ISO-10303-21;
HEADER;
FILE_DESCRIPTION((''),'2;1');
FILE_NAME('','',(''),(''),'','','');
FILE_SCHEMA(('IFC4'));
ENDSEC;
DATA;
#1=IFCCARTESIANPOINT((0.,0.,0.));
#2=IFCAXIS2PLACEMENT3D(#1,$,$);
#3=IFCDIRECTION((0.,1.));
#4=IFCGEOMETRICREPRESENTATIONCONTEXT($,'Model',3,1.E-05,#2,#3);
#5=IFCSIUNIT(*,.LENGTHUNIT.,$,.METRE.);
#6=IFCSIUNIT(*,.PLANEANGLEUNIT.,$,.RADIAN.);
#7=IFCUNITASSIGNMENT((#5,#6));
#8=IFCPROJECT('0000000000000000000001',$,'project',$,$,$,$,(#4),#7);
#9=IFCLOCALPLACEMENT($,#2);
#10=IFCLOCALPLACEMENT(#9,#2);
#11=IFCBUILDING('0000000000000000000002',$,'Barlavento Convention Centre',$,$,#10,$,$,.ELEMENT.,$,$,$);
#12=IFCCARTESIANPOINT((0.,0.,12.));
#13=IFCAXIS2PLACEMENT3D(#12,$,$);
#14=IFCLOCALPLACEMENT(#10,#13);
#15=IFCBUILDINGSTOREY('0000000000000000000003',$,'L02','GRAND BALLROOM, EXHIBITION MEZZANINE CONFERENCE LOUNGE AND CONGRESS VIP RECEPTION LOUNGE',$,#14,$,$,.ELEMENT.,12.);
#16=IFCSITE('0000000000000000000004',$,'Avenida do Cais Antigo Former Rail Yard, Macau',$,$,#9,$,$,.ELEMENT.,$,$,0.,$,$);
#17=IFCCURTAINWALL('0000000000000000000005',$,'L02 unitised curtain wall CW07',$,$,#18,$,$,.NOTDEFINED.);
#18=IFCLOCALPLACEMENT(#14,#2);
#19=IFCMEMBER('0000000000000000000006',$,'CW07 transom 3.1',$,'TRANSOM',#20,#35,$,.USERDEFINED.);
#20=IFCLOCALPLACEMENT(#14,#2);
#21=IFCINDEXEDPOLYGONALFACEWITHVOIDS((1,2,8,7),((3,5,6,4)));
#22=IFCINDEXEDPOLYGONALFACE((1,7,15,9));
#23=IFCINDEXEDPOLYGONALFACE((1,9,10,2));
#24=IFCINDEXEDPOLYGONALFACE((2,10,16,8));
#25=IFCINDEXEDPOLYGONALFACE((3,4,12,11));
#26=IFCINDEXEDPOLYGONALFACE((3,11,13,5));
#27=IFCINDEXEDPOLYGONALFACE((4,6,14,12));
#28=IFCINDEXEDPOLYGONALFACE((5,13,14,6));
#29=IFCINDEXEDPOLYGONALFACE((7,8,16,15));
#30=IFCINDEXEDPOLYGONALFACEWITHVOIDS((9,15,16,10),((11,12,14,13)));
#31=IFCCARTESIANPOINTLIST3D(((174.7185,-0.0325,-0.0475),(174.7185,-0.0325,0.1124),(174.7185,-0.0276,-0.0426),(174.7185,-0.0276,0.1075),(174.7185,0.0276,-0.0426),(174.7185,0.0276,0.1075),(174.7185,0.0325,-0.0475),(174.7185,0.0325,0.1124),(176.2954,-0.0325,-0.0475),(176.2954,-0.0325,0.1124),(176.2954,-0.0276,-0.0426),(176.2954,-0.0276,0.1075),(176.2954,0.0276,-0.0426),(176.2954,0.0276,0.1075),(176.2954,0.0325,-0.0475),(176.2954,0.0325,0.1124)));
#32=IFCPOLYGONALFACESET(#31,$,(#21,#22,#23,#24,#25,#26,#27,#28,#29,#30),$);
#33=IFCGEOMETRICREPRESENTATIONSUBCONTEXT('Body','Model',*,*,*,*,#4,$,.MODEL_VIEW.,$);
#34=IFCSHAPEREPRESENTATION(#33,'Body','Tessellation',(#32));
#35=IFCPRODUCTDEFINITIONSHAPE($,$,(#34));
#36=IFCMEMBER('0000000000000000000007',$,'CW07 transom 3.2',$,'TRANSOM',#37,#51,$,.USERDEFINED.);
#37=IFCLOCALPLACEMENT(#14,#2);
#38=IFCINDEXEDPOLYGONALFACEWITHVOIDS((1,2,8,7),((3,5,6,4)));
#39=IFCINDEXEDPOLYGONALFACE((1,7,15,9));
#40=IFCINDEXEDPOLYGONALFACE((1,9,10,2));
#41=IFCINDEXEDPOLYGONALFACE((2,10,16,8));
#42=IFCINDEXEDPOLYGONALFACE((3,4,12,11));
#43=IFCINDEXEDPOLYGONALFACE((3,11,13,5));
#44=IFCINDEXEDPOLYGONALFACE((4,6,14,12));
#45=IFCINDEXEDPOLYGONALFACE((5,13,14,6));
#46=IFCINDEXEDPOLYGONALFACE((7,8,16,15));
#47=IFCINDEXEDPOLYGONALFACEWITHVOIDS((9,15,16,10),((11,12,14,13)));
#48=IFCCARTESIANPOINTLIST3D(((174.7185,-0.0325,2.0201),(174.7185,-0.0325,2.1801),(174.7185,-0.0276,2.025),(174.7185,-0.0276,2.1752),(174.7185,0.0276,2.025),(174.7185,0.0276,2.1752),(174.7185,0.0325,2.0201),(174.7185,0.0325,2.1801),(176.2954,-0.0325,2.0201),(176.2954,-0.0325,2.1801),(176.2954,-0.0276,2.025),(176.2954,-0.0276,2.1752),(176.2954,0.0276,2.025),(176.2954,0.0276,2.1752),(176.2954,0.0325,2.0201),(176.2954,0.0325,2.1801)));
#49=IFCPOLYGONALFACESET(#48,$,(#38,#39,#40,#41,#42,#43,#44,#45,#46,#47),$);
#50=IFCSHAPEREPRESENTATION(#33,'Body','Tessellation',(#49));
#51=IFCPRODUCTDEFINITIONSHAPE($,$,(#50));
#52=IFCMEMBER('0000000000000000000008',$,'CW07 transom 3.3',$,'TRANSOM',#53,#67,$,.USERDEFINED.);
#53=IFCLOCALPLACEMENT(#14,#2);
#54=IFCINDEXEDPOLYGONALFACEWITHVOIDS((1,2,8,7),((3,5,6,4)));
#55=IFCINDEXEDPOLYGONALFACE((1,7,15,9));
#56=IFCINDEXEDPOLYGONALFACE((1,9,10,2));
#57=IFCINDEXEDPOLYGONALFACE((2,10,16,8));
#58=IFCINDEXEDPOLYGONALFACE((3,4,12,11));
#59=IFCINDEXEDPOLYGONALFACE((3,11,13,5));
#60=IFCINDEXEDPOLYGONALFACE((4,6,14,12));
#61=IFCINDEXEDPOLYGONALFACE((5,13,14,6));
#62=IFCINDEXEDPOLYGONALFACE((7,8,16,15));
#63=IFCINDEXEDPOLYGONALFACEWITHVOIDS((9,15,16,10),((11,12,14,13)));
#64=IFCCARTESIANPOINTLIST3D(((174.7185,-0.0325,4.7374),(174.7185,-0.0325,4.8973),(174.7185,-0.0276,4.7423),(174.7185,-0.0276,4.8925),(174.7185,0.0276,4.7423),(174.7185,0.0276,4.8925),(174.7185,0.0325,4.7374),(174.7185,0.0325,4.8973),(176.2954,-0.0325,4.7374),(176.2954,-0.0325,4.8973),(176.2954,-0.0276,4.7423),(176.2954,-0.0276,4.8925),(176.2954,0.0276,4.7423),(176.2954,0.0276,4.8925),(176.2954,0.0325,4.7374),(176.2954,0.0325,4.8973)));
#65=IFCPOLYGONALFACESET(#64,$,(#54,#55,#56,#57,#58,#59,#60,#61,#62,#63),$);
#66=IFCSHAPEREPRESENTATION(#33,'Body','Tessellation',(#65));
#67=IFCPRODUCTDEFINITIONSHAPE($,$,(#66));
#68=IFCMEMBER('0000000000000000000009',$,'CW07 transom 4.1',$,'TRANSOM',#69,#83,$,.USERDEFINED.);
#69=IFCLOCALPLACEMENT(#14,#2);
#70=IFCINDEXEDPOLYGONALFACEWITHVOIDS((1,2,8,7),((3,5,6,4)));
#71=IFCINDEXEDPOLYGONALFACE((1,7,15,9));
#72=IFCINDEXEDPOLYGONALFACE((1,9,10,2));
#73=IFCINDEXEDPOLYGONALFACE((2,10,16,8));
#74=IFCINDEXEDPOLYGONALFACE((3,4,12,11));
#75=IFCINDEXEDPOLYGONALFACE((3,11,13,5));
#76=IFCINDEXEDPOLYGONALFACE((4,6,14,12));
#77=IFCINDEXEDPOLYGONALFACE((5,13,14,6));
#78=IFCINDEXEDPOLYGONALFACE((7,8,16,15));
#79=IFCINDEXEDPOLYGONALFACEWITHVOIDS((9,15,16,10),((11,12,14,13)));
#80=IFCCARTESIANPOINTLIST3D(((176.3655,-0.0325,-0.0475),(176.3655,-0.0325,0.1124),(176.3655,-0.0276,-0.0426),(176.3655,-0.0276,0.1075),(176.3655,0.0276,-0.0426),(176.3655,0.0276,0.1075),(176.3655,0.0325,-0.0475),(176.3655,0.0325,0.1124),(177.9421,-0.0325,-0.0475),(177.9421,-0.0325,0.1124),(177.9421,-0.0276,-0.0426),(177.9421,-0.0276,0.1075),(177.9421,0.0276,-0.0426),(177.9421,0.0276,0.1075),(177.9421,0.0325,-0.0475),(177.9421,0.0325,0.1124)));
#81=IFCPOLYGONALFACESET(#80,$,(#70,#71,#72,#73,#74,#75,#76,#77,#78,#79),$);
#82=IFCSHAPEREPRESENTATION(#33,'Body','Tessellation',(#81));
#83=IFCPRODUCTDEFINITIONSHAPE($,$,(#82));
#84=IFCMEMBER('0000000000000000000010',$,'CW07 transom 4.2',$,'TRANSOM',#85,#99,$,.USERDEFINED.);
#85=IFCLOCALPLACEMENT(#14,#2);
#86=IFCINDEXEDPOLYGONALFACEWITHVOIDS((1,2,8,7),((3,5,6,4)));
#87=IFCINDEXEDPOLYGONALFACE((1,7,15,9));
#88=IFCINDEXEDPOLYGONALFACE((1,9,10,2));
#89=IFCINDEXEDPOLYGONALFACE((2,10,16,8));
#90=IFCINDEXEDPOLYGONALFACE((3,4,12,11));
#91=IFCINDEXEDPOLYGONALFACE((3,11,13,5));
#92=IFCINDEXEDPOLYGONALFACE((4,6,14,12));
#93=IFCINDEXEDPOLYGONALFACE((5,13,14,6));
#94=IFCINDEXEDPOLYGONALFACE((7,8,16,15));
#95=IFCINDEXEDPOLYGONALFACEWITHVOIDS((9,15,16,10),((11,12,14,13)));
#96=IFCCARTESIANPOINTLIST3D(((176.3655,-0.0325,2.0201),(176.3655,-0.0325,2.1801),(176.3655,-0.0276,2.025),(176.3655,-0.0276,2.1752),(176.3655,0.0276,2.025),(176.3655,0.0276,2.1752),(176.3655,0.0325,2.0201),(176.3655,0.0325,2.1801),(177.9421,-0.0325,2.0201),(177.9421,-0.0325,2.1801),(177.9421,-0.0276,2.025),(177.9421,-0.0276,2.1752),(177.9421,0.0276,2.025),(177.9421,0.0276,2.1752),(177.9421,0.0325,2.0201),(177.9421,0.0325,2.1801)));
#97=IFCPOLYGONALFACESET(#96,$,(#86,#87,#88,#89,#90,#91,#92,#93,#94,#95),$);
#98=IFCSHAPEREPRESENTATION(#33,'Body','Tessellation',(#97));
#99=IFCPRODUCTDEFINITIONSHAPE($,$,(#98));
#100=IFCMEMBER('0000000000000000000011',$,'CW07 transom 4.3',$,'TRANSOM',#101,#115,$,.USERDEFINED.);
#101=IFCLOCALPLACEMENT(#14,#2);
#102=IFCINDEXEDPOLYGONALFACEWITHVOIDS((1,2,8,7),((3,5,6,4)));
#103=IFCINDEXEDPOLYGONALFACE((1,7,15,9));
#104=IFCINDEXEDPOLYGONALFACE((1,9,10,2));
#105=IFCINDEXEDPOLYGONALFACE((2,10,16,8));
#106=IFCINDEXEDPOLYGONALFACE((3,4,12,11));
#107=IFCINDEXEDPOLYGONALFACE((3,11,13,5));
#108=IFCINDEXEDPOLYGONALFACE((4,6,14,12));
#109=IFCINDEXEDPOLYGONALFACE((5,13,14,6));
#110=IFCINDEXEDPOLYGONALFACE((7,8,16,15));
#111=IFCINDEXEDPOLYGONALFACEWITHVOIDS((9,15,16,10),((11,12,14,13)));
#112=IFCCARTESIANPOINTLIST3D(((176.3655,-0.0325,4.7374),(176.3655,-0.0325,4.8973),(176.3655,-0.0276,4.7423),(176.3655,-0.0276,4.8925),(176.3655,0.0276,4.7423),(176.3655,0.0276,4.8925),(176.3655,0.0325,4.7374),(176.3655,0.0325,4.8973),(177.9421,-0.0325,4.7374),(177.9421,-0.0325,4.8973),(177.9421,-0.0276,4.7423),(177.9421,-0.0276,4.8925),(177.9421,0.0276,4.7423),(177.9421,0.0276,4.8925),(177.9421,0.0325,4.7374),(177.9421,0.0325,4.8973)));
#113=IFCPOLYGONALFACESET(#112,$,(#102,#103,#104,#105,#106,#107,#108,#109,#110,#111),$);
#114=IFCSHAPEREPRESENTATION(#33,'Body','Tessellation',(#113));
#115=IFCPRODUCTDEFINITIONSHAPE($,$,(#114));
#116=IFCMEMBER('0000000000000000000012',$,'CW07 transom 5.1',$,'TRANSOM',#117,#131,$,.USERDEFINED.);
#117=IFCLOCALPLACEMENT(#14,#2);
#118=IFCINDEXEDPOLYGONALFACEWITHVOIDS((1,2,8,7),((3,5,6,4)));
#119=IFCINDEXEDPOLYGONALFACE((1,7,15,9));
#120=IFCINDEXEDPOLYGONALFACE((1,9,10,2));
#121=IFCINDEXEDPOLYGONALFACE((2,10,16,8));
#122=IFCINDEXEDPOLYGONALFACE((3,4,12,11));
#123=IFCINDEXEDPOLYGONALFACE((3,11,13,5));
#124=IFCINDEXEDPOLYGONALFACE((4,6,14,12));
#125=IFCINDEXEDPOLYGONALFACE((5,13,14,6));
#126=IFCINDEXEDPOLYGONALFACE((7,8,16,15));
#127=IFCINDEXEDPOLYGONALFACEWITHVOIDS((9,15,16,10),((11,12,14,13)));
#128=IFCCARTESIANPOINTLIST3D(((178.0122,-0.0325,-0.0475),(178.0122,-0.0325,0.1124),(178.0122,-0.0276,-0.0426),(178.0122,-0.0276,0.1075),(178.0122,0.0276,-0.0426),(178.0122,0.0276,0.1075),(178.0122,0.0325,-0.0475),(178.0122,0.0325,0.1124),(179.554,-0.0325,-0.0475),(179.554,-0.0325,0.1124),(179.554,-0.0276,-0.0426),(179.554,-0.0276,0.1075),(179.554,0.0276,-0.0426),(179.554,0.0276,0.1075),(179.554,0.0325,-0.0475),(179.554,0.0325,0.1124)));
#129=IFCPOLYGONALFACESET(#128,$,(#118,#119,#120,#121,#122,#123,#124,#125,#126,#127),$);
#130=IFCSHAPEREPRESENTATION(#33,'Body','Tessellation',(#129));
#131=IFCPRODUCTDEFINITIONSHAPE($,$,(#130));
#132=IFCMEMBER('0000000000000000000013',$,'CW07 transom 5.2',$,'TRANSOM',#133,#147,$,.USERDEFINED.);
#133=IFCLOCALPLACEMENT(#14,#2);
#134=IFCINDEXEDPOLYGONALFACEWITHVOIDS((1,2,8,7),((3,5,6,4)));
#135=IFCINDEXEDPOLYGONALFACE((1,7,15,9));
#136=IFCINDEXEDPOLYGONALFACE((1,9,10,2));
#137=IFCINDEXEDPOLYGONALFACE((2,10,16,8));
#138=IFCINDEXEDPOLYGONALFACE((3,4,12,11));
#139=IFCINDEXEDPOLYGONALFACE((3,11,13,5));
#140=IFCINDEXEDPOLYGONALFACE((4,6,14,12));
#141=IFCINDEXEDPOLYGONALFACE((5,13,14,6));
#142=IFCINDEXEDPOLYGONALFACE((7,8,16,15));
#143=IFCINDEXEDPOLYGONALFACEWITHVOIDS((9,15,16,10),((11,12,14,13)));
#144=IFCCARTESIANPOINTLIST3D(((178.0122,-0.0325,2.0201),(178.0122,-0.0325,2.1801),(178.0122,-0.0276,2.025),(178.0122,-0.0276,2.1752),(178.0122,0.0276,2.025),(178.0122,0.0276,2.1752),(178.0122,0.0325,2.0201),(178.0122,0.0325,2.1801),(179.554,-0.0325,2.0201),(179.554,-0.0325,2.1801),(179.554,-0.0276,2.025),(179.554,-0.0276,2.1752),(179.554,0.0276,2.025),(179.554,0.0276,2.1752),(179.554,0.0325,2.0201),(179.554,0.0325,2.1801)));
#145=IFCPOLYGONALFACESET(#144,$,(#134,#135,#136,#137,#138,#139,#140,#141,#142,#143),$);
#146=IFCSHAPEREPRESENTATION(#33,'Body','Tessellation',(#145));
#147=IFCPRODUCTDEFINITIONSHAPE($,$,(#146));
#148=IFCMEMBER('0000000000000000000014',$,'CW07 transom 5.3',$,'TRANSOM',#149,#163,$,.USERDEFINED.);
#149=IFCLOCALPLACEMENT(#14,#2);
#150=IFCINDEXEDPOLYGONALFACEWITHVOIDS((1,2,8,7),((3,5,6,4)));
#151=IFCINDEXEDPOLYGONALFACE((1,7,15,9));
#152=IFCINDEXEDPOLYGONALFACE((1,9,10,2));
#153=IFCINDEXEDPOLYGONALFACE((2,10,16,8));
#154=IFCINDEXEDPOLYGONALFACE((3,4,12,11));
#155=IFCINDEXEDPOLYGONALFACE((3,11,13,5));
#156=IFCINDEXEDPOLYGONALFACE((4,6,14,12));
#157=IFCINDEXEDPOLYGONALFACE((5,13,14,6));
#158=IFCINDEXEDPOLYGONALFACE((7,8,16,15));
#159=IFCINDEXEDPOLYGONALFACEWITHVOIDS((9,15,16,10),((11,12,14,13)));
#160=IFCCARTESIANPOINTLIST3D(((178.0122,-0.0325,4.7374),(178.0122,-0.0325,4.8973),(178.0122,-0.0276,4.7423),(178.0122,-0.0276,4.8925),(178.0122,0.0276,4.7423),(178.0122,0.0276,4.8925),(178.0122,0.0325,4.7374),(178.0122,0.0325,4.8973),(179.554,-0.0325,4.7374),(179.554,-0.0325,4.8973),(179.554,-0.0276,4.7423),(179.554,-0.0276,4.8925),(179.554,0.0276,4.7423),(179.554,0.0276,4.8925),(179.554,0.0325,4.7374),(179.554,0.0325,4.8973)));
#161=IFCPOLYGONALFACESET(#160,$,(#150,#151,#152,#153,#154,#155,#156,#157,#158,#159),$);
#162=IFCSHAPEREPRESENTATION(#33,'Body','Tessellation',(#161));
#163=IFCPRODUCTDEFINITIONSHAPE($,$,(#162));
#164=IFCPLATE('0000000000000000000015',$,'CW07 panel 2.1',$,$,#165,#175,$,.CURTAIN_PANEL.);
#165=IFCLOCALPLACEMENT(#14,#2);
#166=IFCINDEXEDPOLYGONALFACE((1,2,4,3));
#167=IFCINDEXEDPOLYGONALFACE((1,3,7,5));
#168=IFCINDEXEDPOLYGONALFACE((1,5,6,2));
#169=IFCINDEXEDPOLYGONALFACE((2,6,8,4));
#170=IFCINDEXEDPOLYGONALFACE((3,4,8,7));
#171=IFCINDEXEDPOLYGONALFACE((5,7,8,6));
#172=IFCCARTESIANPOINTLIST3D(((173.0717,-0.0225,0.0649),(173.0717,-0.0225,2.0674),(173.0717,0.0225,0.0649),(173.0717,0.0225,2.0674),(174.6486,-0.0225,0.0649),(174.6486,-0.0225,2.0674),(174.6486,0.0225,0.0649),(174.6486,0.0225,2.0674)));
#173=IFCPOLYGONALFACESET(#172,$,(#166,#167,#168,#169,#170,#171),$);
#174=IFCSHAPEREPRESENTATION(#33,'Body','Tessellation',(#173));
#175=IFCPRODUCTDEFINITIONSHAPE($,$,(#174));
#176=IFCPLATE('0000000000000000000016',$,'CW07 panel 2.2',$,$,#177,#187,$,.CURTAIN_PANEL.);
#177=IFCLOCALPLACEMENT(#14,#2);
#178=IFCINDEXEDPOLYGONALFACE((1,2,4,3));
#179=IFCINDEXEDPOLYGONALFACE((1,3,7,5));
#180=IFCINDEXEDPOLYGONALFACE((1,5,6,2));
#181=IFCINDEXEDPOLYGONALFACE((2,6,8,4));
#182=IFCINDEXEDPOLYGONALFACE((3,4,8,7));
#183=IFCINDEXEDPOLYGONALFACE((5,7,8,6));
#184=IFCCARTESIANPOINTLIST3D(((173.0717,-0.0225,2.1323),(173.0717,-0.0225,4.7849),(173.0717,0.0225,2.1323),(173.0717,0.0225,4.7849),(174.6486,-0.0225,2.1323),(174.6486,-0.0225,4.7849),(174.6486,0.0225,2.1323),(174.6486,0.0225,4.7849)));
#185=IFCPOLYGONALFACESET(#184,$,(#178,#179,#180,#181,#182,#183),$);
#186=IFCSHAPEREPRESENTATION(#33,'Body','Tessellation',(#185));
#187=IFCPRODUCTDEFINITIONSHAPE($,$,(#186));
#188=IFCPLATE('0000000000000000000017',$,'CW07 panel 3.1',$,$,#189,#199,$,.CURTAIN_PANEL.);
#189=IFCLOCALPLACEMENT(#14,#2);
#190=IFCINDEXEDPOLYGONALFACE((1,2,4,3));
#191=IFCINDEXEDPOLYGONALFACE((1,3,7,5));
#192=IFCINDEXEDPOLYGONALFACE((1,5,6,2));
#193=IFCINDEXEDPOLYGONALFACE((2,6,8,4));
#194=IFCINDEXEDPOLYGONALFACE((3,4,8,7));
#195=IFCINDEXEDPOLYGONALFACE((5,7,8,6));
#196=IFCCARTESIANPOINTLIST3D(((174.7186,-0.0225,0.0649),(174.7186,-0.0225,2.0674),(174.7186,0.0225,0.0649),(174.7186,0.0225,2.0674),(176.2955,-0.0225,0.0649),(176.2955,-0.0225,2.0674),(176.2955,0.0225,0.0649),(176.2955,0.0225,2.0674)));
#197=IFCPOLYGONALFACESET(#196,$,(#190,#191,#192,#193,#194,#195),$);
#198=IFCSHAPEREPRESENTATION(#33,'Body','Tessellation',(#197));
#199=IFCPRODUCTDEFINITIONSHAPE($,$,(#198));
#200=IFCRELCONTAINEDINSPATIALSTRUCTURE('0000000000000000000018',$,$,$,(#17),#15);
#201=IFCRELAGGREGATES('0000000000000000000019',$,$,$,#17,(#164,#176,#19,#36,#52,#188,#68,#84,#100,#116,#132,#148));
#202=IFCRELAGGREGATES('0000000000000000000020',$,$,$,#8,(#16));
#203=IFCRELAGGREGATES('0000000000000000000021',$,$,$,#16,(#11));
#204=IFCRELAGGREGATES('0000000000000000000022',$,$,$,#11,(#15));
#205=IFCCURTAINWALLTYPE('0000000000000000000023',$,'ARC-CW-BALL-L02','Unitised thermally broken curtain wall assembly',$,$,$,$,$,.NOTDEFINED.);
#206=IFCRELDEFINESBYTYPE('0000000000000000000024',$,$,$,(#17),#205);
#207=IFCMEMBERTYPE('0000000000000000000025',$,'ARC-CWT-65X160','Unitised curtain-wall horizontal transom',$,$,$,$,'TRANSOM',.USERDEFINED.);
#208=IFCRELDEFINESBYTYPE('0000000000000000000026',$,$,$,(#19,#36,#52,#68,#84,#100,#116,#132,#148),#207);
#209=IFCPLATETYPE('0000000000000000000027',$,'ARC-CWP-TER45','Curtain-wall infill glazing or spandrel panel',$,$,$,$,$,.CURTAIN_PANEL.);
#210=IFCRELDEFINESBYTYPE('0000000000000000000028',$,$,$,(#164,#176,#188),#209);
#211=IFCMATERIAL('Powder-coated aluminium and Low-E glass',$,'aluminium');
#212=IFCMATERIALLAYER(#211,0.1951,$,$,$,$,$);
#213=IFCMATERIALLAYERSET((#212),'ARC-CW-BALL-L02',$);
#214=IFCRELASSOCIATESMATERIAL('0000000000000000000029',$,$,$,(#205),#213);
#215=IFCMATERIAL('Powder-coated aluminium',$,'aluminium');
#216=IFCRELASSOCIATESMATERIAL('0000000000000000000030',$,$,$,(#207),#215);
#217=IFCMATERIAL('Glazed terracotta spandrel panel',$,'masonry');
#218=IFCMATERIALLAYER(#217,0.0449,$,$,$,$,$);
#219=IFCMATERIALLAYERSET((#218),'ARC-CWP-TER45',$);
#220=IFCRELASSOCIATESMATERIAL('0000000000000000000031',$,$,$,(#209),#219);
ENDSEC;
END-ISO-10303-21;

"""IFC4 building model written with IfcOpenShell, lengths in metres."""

from ifc_helpers import new_model, si_unit, direction, frame, origin, origin_2d, place, context, subcontext, project, spatial, rectangle, hollow_rectangle, extrude, material, layer, layer_set, material_profile, profile_set, type_object, element, aggregate, save


model = new_model("IFC4")

# Units and contexts
model_context = context("Model", 3, precision=1e-05, world=origin(), true_north=direction((0.0, 1.0)))
body_context = subcontext(model_context, "Body", "Model", "MODEL_VIEW")
ifc_project = project(units=[si_unit("LENGTHUNIT", "METRE"), si_unit("PLANEANGLEUNIT", "RADIAN")], contexts=[model_context])

# Site, building, storey
site_placement = place(None, origin())
site = spatial("IfcSite", under=ifc_project, at=site_placement, Name="Avenida do Cais Antigo Former Rail Yard, Macau", CompositionType="ELEMENT", RefElevation=0.0)
building_placement = place(site_placement, origin())
building = spatial("IfcBuilding", under=site, at=building_placement, Name="Barlavento Convention Centre", CompositionType="ELEMENT")
storey_placement = place(building_placement, frame((0.0, 0.0, 12.0)))
storey = spatial("IfcBuildingStorey", under=building, at=storey_placement, Name="L02", Description="GRAND BALLROOM, EXHIBITION MEZZANINE CONFERENCE LOUNGE AND CONGRESS VIP RECEPTION LOUNGE", CompositionType="ELEMENT", Elevation=12.0)

# Curtain wall, members, plates
ifc_material_1 = material(Name="Powder-coated aluminium and Low-E glass", Category="aluminium")
ifc_layer_1 = layer(ifc_material_1, 0.1951)
ifc_layer_set_1 = layer_set([ifc_layer_1], Name="ARC-CW-BALL-L02")
curtain_wall_type = type_object("IfcCurtainWallType", Name="ARC-CW-BALL-L02", Description="Unitised thermally broken curtain wall assembly", PredefinedType="NOTDEFINED", material=ifc_layer_set_1)
curtain_wall_placement = place(storey_placement, origin())
curtain_wall = element("IfcCurtainWall", 1, at=curtain_wall_placement, inside=storey, type_object=curtain_wall_type, Name="L02 unitised curtain wall CW07", PredefinedType="NOTDEFINED")
ifc_material_2 = material(Name="Powder-coated aluminium", Category="aluminium")
ifc_material_profile_1 = material_profile(ifc_material_2, hollow_rectangle(XDim=0.0649, YDim=0.1599, WallThickness=0.0049, at=origin_2d()), Name="AL-TRAN 65x160x5")
ifc_profile_set_1 = profile_set([ifc_material_profile_1], Name="Powder-coated aluminium")
member_type_1 = type_object("IfcMemberType", Name="ARC-CWT-65X160", Description="Unitised curtain-wall horizontal transom", ElementType="TRANSOM", PredefinedType="USERDEFINED", material=ifc_profile_set_1)
member_1_placement = place(storey_placement, frame((174.7185, 0.0, 0.0325), z_axis=(1.0, 0.0, 0.0), x_axis=(0.0, 1.0, 0.0)))
member_1 = element("IfcMember", 2, at=member_1_placement, type_object=member_type_1, Name="CW07 transom 3.1", ObjectType="TRANSOM", PredefinedType="USERDEFINED", context=body_context, shape_type="SweptSolid", body=[
    extrude(hollow_rectangle(XDim=0.0649, YDim=0.1599, WallThickness=0.0049, at=origin_2d()), origin(), (0.0, 0.0, 1.0), 1.5769),
])
member_2_placement = place(storey_placement, frame((174.7185, 0.0, 2.1001), z_axis=(1.0, 0.0, 0.0), x_axis=(0.0, 1.0, 0.0)))
member_2 = element("IfcMember", 3, at=member_2_placement, type_object=member_type_1, Name="CW07 transom 3.2", ObjectType="TRANSOM", PredefinedType="USERDEFINED", context=body_context, shape_type="SweptSolid", body=[
    extrude(hollow_rectangle(XDim=0.0649, YDim=0.1599, WallThickness=0.0049, at=origin_2d()), origin(), (0.0, 0.0, 1.0), 1.5769),
])
member_3_placement = place(storey_placement, frame((174.7185, 0.0, 4.8174), z_axis=(1.0, 0.0, 0.0), x_axis=(0.0, 1.0, 0.0)))
member_3 = element("IfcMember", 4, at=member_3_placement, type_object=member_type_1, Name="CW07 transom 3.3", ObjectType="TRANSOM", PredefinedType="USERDEFINED", context=body_context, shape_type="SweptSolid", body=[
    extrude(hollow_rectangle(XDim=0.0649, YDim=0.1599, WallThickness=0.0049, at=origin_2d()), origin(), (0.0, 0.0, 1.0), 1.5769),
])
member_4_placement = place(storey_placement, frame((176.3655, 0.0, 0.0325), z_axis=(1.0, 0.0, 0.0), x_axis=(0.0, 1.0, 0.0)))
member_4 = element("IfcMember", 5, at=member_4_placement, type_object=member_type_1, Name="CW07 transom 4.1", ObjectType="TRANSOM", PredefinedType="USERDEFINED", context=body_context, shape_type="SweptSolid", body=[
    extrude(hollow_rectangle(XDim=0.0649, YDim=0.1599, WallThickness=0.0049, at=origin_2d()), origin(), (0.0, 0.0, 1.0), 1.5767),
])
member_5_placement = place(storey_placement, frame((176.3655, 0.0, 2.1001), z_axis=(1.0, 0.0, 0.0), x_axis=(0.0, 1.0, 0.0)))
member_5 = element("IfcMember", 6, at=member_5_placement, type_object=member_type_1, Name="CW07 transom 4.2", ObjectType="TRANSOM", PredefinedType="USERDEFINED", context=body_context, shape_type="SweptSolid", body=[
    extrude(hollow_rectangle(XDim=0.0649, YDim=0.1599, WallThickness=0.0049, at=origin_2d()), origin(), (0.0, 0.0, 1.0), 1.5767),
])
member_6_placement = place(storey_placement, frame((176.3655, 0.0, 4.8174), z_axis=(1.0, 0.0, 0.0), x_axis=(0.0, 1.0, 0.0)))
member_6 = element("IfcMember", 7, at=member_6_placement, type_object=member_type_1, Name="CW07 transom 4.3", ObjectType="TRANSOM", PredefinedType="USERDEFINED", context=body_context, shape_type="SweptSolid", body=[
    extrude(hollow_rectangle(XDim=0.0649, YDim=0.1599, WallThickness=0.0049, at=origin_2d()), origin(), (0.0, 0.0, 1.0), 1.5767),
])
member_7_placement = place(storey_placement, frame((178.0122, 0.0, 0.0325), z_axis=(1.0, 0.0, 0.0), x_axis=(0.0, 1.0, 0.0)))
member_7 = element("IfcMember", 8, at=member_7_placement, type_object=member_type_1, Name="CW07 transom 5.1", ObjectType="TRANSOM", PredefinedType="USERDEFINED", context=body_context, shape_type="SweptSolid", body=[
    extrude(hollow_rectangle(XDim=0.0649, YDim=0.1599, WallThickness=0.0049, at=origin_2d()), origin(), (0.0, 0.0, 1.0), 1.5417),
])
member_8_placement = place(storey_placement, frame((178.0122, 0.0, 2.1001), z_axis=(1.0, 0.0, 0.0), x_axis=(0.0, 1.0, 0.0)))
member_8 = element("IfcMember", 9, at=member_8_placement, type_object=member_type_1, Name="CW07 transom 5.2", ObjectType="TRANSOM", PredefinedType="USERDEFINED", context=body_context, shape_type="SweptSolid", body=[
    extrude(hollow_rectangle(XDim=0.0649, YDim=0.1599, WallThickness=0.0049, at=origin_2d()), origin(), (0.0, 0.0, 1.0), 1.5417),
])
member_9_placement = place(storey_placement, frame((178.0122, 0.0, 4.8174), z_axis=(1.0, 0.0, 0.0), x_axis=(0.0, 1.0, 0.0)))
member_9 = element("IfcMember", 10, at=member_9_placement, type_object=member_type_1, Name="CW07 transom 5.3", ObjectType="TRANSOM", PredefinedType="USERDEFINED", context=body_context, shape_type="SweptSolid", body=[
    extrude(hollow_rectangle(XDim=0.0649, YDim=0.1599, WallThickness=0.0049, at=origin_2d()), origin(), (0.0, 0.0, 1.0), 1.5417),
])
ifc_material_3 = material(Name="Glazed terracotta spandrel panel", Category="masonry")
ifc_layer_2 = layer(ifc_material_3, 0.0449)
ifc_layer_set_2 = layer_set([ifc_layer_2], Name="ARC-CWP-TER45")
plate_type = type_object("IfcPlateType", Name="ARC-CWP-TER45", Description="Curtain-wall infill glazing or spandrel panel", PredefinedType="CURTAIN_PANEL", material=ifc_layer_set_2)
plate_1_placement = place(storey_placement, frame((173.8601, 0.0, 0.0649), z_axis=(0.0, 0.0, 1.0), x_axis=(1.0, 0.0, 0.0)))
plate_1 = element("IfcPlate", 11, at=plate_1_placement, type_object=plate_type, Name="CW07 panel 2.1", PredefinedType="CURTAIN_PANEL", context=body_context, shape_type="SweptSolid", body=[
    extrude(rectangle(XDim=1.5769, YDim=0.0449, at=origin_2d()), origin(), (0.0, 0.0, 1.0), 2.0024),
])
plate_2_placement = place(storey_placement, frame((173.8601, 0.0, 2.1323), z_axis=(0.0, 0.0, 1.0), x_axis=(1.0, 0.0, 0.0)))
plate_2 = element("IfcPlate", 12, at=plate_2_placement, type_object=plate_type, Name="CW07 panel 2.2", PredefinedType="CURTAIN_PANEL", context=body_context, shape_type="SweptSolid", body=[
    extrude(rectangle(XDim=1.5769, YDim=0.0449, at=origin_2d()), origin(), (0.0, 0.0, 1.0), 2.6526),
])
plate_3_placement = place(storey_placement, frame((175.5071, 0.0, 0.0649), z_axis=(0.0, 0.0, 1.0), x_axis=(1.0, 0.0, 0.0)))
plate_3 = element("IfcPlate", 13, at=plate_3_placement, type_object=plate_type, Name="CW07 panel 3.1", PredefinedType="CURTAIN_PANEL", context=body_context, shape_type="SweptSolid", body=[
    extrude(rectangle(XDim=1.5769, YDim=0.0449, at=origin_2d()), origin(), (0.0, 0.0, 1.0), 2.0024),
])
aggregate(curtain_wall, [plate_1, plate_2, member_1, member_2, member_3, plate_3, member_4, member_5, member_6, member_7, member_8, member_9])

save(model, "model.ifc")
